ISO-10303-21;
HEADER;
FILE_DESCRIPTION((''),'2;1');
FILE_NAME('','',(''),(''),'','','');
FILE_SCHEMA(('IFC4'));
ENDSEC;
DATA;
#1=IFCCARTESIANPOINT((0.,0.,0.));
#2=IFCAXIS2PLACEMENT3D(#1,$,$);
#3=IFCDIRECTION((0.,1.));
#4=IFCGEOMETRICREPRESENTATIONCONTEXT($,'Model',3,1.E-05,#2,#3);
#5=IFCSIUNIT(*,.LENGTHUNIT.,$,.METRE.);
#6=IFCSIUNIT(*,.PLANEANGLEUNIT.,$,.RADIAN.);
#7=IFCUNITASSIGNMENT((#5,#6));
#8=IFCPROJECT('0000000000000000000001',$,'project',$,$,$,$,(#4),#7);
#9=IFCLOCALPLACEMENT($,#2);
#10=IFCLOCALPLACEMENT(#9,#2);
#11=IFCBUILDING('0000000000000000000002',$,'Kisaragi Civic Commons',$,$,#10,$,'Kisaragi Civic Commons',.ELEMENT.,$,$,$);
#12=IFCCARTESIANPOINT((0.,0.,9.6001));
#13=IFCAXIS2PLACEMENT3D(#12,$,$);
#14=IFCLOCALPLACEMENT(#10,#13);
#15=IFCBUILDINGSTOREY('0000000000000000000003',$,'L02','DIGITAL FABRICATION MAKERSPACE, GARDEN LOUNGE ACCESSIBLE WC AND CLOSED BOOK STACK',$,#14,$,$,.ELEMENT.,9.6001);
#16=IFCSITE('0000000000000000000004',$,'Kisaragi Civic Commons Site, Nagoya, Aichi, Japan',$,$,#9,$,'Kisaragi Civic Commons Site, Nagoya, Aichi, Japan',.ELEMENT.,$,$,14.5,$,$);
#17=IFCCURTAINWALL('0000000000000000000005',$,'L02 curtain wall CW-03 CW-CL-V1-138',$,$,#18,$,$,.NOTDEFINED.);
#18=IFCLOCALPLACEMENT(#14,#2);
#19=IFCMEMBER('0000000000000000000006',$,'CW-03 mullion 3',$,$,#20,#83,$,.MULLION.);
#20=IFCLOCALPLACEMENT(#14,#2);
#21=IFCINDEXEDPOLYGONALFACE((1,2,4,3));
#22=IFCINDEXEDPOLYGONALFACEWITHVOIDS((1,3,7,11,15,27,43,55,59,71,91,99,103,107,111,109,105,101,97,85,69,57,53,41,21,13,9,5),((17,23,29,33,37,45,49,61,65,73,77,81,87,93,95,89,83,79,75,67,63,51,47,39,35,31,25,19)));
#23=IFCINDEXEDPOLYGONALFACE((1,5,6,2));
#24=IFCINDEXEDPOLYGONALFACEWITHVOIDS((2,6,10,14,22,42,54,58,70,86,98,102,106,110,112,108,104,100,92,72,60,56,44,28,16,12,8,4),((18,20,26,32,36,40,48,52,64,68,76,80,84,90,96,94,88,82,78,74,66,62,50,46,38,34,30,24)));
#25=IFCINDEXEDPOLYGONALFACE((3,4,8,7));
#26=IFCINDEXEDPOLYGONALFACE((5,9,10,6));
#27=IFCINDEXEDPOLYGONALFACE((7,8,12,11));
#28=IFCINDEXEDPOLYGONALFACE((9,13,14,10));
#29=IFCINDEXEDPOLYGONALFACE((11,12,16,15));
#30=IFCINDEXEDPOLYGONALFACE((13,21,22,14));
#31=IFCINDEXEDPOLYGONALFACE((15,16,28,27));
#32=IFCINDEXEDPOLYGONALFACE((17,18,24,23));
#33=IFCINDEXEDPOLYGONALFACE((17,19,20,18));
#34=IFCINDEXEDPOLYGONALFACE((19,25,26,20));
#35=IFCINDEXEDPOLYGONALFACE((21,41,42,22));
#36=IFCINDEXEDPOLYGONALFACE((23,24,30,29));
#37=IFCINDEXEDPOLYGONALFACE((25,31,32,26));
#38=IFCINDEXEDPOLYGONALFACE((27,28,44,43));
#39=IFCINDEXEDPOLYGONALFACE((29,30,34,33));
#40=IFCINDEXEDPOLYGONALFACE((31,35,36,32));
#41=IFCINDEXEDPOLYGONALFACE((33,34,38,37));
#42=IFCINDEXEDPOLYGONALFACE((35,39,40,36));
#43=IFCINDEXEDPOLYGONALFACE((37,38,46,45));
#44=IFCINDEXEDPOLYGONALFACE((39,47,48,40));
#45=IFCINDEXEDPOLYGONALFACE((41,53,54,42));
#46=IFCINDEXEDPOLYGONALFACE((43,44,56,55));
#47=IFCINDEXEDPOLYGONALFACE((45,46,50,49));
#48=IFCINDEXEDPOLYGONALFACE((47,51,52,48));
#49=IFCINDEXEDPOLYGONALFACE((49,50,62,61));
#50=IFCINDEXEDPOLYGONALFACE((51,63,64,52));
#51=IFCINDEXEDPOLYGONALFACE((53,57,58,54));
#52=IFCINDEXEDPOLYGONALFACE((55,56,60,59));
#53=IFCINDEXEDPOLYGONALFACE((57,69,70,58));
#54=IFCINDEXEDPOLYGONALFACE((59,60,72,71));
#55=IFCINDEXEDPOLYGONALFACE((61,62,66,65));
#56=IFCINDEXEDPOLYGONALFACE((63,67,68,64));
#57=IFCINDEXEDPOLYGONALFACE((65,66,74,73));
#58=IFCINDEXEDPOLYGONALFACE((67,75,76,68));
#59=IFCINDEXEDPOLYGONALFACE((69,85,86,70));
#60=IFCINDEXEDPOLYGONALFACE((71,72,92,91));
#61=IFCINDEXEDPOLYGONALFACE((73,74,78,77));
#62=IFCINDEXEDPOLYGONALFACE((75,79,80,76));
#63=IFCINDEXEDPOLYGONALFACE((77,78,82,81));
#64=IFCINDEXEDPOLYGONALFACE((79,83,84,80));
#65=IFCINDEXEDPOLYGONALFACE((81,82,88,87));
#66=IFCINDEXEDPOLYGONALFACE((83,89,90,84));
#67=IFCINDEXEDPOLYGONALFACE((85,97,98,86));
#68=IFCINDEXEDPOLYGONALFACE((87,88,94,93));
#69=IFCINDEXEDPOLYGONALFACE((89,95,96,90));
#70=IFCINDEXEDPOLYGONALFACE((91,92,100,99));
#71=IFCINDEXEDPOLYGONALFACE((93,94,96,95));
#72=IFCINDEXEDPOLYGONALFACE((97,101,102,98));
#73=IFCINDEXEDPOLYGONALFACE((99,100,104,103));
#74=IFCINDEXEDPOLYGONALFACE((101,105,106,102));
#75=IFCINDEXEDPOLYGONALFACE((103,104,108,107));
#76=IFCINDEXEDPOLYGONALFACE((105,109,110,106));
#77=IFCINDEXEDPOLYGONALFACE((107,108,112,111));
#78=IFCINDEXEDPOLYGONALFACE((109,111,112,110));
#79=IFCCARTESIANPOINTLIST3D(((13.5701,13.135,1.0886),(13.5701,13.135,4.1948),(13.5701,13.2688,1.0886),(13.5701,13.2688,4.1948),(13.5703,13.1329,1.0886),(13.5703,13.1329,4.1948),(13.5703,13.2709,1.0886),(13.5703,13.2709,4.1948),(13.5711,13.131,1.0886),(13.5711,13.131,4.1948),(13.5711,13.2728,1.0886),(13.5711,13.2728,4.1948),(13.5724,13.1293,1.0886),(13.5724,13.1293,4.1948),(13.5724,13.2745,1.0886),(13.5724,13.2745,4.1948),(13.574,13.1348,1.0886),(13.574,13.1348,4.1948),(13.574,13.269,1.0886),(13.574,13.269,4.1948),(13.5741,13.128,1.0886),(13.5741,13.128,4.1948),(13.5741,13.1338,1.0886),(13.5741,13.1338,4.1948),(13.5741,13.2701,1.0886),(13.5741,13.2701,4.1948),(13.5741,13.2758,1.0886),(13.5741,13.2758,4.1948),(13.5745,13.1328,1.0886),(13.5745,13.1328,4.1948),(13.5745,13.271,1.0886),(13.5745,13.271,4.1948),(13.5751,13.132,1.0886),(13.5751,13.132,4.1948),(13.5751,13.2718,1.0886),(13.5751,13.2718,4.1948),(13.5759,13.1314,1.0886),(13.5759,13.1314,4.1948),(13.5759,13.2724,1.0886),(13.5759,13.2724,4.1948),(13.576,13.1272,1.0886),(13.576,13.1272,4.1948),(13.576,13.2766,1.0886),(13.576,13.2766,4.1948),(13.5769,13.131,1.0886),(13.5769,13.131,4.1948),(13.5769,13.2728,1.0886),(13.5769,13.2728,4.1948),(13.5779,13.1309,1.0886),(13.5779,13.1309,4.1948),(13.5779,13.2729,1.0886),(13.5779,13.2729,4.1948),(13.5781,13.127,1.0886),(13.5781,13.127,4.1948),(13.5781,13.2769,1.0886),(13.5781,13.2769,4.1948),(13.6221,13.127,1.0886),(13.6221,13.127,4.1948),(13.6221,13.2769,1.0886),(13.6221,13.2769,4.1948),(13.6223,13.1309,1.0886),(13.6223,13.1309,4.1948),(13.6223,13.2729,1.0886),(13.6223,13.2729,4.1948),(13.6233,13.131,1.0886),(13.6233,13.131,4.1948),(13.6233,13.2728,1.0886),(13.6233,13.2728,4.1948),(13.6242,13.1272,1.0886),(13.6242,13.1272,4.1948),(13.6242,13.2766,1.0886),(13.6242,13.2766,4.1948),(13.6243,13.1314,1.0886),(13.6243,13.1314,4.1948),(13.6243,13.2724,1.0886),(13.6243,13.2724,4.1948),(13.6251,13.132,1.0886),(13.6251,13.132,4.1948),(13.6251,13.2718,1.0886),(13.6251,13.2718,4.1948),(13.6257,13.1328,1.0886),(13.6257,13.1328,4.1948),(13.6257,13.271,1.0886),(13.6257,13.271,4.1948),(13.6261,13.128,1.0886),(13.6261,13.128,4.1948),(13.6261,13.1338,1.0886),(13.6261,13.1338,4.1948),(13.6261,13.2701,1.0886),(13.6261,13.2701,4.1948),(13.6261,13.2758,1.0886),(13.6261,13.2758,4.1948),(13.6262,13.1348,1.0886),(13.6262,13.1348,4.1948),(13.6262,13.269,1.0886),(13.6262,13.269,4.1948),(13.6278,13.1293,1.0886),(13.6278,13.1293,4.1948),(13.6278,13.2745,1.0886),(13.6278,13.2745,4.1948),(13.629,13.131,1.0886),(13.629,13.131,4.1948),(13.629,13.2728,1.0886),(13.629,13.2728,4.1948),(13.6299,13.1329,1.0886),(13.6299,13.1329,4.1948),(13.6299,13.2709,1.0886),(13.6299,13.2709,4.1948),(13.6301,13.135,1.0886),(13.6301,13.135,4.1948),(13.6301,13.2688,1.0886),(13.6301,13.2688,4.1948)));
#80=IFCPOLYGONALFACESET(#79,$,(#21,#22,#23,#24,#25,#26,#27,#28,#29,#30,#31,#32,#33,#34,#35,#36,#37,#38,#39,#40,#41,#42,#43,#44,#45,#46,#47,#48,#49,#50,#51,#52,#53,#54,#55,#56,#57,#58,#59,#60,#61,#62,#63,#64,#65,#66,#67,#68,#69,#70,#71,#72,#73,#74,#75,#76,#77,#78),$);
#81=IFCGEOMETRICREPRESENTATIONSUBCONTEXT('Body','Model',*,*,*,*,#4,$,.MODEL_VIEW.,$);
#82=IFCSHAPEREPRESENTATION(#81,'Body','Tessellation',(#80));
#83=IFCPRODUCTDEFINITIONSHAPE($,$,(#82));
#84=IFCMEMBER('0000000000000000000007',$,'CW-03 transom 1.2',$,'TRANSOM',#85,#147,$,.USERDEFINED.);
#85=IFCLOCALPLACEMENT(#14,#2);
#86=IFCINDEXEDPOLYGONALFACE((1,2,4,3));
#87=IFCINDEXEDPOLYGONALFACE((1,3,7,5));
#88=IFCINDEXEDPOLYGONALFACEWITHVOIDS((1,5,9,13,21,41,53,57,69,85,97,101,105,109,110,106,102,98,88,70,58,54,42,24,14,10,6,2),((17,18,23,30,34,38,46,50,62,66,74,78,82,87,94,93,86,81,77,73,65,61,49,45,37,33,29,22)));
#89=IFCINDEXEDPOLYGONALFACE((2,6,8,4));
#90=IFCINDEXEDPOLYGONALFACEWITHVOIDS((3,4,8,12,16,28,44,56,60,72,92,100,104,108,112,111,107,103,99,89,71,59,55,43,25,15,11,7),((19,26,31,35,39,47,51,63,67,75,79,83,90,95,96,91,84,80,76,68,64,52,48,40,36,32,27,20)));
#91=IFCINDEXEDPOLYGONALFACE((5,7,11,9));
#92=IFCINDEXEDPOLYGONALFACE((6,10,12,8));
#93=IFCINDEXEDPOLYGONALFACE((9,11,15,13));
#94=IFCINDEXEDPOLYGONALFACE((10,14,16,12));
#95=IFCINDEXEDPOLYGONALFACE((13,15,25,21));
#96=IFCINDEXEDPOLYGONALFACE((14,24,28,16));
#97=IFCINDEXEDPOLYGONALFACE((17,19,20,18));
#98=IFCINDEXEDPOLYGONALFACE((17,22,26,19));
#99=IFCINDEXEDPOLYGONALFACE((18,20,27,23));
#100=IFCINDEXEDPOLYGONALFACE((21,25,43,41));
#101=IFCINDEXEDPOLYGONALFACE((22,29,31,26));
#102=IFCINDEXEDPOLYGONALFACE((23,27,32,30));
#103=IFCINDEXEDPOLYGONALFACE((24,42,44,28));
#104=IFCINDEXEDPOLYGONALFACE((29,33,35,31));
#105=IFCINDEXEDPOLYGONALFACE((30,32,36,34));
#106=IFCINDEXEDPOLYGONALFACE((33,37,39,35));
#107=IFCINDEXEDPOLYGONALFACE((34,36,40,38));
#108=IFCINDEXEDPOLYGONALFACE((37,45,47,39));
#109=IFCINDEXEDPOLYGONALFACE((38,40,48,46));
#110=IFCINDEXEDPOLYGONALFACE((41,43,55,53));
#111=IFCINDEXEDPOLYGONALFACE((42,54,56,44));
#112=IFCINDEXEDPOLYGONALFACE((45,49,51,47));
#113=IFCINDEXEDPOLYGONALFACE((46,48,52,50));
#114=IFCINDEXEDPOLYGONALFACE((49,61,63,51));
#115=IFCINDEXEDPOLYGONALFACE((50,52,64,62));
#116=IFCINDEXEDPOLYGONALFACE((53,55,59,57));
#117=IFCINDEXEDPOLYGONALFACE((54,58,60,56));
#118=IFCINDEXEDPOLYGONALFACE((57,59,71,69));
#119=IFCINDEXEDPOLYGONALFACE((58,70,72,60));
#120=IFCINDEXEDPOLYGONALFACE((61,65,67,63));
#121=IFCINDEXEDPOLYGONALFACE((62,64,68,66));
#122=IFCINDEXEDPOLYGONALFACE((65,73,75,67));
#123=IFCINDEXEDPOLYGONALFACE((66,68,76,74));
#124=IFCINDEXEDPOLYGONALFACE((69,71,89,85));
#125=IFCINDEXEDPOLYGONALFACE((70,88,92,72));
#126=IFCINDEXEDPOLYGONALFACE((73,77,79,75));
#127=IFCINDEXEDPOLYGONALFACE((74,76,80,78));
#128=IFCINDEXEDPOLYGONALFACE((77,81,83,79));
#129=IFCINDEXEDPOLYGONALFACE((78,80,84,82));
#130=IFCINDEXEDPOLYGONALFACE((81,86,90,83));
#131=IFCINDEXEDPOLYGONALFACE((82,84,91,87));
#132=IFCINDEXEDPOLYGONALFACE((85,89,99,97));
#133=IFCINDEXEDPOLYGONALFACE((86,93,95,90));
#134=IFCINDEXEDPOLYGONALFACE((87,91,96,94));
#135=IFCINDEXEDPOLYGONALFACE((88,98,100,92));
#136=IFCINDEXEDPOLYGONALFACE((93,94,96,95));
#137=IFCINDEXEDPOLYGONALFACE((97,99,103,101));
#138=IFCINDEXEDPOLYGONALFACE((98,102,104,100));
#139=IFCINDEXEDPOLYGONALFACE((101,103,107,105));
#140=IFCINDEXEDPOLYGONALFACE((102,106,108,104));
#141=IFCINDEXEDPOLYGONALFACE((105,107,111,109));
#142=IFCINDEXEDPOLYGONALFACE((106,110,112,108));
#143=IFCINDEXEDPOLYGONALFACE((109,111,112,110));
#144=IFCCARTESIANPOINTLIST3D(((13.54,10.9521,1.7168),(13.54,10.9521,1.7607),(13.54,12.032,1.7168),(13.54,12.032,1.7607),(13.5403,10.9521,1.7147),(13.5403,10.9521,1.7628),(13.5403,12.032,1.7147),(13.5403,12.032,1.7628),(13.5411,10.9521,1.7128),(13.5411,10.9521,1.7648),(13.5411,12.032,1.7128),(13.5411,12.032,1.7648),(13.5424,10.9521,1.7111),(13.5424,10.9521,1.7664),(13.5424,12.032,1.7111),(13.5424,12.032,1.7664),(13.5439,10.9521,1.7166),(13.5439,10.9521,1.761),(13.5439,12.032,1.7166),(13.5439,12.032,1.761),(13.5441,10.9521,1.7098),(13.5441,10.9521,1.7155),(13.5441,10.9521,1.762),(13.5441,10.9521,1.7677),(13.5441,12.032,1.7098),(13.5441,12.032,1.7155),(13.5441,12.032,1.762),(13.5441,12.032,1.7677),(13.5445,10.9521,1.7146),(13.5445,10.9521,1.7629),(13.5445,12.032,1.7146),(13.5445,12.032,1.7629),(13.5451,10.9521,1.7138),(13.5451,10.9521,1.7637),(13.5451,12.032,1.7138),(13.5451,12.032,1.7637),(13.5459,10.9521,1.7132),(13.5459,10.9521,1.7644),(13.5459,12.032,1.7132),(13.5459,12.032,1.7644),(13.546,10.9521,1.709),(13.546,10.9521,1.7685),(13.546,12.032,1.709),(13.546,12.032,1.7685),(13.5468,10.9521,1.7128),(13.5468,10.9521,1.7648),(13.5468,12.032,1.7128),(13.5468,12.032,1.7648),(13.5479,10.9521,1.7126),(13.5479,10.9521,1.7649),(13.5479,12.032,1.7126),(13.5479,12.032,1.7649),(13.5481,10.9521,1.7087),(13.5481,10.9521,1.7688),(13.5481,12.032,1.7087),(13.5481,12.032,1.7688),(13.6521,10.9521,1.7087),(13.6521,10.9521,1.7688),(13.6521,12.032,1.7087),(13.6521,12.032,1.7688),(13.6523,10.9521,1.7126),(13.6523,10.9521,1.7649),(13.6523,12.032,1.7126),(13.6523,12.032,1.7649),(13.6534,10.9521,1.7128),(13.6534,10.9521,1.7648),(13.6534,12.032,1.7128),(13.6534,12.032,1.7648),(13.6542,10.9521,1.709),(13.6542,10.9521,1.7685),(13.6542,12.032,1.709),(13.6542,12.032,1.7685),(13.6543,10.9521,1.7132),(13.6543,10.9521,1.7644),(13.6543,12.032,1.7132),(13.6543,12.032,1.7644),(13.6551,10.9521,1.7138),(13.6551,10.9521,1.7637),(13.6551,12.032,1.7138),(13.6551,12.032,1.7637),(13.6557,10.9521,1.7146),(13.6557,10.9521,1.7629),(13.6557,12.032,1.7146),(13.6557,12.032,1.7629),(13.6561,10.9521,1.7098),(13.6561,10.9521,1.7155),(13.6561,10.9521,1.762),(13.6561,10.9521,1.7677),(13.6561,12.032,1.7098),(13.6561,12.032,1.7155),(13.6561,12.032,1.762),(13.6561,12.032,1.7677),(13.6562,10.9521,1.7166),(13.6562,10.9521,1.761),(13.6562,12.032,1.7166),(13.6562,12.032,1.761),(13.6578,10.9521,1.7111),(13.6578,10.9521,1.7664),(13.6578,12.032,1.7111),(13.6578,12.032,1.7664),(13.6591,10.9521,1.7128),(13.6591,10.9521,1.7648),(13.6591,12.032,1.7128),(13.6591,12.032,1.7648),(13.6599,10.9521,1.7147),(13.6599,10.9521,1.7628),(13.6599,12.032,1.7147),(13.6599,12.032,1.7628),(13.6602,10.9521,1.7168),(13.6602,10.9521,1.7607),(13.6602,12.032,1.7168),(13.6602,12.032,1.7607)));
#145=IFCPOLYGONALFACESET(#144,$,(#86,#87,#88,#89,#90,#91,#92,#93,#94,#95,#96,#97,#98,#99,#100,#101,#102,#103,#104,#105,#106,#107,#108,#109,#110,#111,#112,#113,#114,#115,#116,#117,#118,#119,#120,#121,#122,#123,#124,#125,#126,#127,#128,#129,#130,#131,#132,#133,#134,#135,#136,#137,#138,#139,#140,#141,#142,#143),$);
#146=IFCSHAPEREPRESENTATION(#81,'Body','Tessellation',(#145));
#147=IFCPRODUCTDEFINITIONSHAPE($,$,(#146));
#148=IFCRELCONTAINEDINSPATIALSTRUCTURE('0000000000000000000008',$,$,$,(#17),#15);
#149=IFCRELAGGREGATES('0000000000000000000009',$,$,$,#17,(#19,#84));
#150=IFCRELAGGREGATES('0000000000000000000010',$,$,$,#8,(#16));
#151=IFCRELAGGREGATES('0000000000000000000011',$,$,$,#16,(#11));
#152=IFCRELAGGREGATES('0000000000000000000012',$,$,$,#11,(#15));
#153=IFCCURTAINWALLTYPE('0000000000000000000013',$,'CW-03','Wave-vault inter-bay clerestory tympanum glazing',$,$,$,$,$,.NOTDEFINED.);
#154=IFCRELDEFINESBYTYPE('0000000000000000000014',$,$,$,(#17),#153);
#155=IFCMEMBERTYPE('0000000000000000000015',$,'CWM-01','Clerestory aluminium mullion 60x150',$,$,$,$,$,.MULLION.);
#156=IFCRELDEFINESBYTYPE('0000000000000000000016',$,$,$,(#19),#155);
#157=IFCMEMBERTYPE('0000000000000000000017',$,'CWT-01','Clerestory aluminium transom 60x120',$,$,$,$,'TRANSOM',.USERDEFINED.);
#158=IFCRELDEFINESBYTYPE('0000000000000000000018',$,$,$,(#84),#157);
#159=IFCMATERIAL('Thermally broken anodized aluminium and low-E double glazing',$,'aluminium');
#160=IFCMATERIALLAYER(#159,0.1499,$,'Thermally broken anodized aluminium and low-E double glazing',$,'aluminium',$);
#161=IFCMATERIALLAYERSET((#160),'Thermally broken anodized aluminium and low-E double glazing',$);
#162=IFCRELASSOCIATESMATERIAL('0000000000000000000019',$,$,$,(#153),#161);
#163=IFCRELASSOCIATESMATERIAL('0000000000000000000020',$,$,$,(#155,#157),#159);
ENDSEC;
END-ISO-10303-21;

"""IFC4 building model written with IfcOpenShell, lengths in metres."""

from ifc_helpers import new_model, si_unit, direction, frame, origin, origin_2d, place, context, subcontext, project, spatial, hollow_rectangle, extrude, material, layer, layer_set, material_profile, profile_set, type_object, element, aggregate, save


model = new_model("IFC4")

# Units and contexts
model_context = context("Model", 3, precision=1e-05, world=origin(), true_north=direction((0.0, 1.0)))
body_context = subcontext(model_context, "Body", "Model", "MODEL_VIEW")
ifc_project = project(units=[si_unit("LENGTHUNIT", "METRE"), si_unit("PLANEANGLEUNIT", "RADIAN")], contexts=[model_context])

# Site, building, storey
site_placement = place(None, origin())
site = spatial("IfcSite", under=ifc_project, at=site_placement, Name="Kisaragi Civic Commons Site, Nagoya, Aichi, Japan", LongName="Kisaragi Civic Commons Site, Nagoya, Aichi, Japan", CompositionType="ELEMENT", RefElevation=14.5)
building_placement = place(site_placement, origin())
building = spatial("IfcBuilding", under=site, at=building_placement, Name="Kisaragi Civic Commons", LongName="Kisaragi Civic Commons", CompositionType="ELEMENT")
storey_placement = place(building_placement, frame((0.0, 0.0, 9.6001)))
storey = spatial("IfcBuildingStorey", under=building, at=storey_placement, Name="L02", Description="DIGITAL FABRICATION MAKERSPACE, GARDEN LOUNGE ACCESSIBLE WC AND CLOSED BOOK STACK", CompositionType="ELEMENT", Elevation=9.6001)

# Curtain wall, members
ifc_material_1 = material(Name="Thermally broken anodized aluminium and low-E double glazing", Category="aluminium")
ifc_layer_1 = layer(ifc_material_1, 0.1499, Name="Thermally broken anodized aluminium and low-E double glazing", Category="aluminium")
ifc_layer_set_1 = layer_set([ifc_layer_1], Name="Thermally broken anodized aluminium and low-E double glazing")
curtain_wall_type = type_object("IfcCurtainWallType", Name="CW-03", Description="Wave-vault inter-bay clerestory tympanum glazing", PredefinedType="NOTDEFINED", material=ifc_layer_set_1)
curtain_wall_placement = place(storey_placement, origin())
curtain_wall = element("IfcCurtainWall", 1, at=curtain_wall_placement, inside=storey, type_object=curtain_wall_type, Name="L02 curtain wall CW-03 CW-CL-V1-138", PredefinedType="NOTDEFINED")
ifc_material_profile_1 = material_profile(ifc_material_1, hollow_rectangle(XDim=0.0601, YDim=0.1499, WallThickness=0.0039, InnerFilletRadius=0.0039, OuterFilletRadius=0.0081, at=origin_2d()), Name="CWM-60x150x4", Category="aluminium")
ifc_profile_set_1 = profile_set([ifc_material_profile_1], Name="Thermally broken anodized aluminium and low-E double glazing")
member_type_1 = type_object("IfcMemberType", Name="CWM-01", Description="Clerestory aluminium mullion 60x150", PredefinedType="MULLION", material=ifc_profile_set_1)
member_1_placement = place(storey_placement, frame((13.6001, 13.2019, 1.0886), z_axis=(0.0, 0.0, 1.0), x_axis=(-1.0, 0.0, 0.0)))
member_1 = element("IfcMember", 2, at=member_1_placement, type_object=member_type_1, Name="CW-03 mullion 3", PredefinedType="MULLION", context=body_context, shape_type="SweptSolid", body=[
    extrude(hollow_rectangle(XDim=0.0601, YDim=0.1499, WallThickness=0.0039, InnerFilletRadius=0.0039, OuterFilletRadius=0.0081, at=origin_2d()), origin(), (0.0, 0.0, 1.0), 3.1062),
])
ifc_material_profile_2 = material_profile(ifc_material_1, hollow_rectangle(XDim=0.1201, YDim=0.0601, WallThickness=0.0039, InnerFilletRadius=0.0039, OuterFilletRadius=0.0081, at=origin_2d()), Name="CWT-60x120x4", Category="aluminium")
ifc_profile_set_2 = profile_set([ifc_material_profile_2], Name="Thermally broken anodized aluminium and low-E double glazing")
member_type_2 = type_object("IfcMemberType", Name="CWT-01", Description="Clerestory aluminium transom 60x120", ElementType="TRANSOM", PredefinedType="USERDEFINED", material=ifc_profile_set_2)
member_2_placement = place(storey_placement, frame((13.6001, 10.9521, 1.7388), z_axis=(0.0, 1.0, 0.0), x_axis=(-1.0, 0.0, 0.0)))
member_2 = element("IfcMember", 3, at=member_2_placement, type_object=member_type_2, Name="CW-03 transom 1.2", ObjectType="TRANSOM", PredefinedType="USERDEFINED", context=body_context, shape_type="SweptSolid", body=[
    extrude(hollow_rectangle(XDim=0.1201, YDim=0.0601, WallThickness=0.0039, InnerFilletRadius=0.0039, OuterFilletRadius=0.0081, at=origin_2d()), origin(), (0.0, 0.0, 1.0), 1.0798),
])

aggregate(curtain_wall, [member_1, member_2])

save(model, "model.ifc")
